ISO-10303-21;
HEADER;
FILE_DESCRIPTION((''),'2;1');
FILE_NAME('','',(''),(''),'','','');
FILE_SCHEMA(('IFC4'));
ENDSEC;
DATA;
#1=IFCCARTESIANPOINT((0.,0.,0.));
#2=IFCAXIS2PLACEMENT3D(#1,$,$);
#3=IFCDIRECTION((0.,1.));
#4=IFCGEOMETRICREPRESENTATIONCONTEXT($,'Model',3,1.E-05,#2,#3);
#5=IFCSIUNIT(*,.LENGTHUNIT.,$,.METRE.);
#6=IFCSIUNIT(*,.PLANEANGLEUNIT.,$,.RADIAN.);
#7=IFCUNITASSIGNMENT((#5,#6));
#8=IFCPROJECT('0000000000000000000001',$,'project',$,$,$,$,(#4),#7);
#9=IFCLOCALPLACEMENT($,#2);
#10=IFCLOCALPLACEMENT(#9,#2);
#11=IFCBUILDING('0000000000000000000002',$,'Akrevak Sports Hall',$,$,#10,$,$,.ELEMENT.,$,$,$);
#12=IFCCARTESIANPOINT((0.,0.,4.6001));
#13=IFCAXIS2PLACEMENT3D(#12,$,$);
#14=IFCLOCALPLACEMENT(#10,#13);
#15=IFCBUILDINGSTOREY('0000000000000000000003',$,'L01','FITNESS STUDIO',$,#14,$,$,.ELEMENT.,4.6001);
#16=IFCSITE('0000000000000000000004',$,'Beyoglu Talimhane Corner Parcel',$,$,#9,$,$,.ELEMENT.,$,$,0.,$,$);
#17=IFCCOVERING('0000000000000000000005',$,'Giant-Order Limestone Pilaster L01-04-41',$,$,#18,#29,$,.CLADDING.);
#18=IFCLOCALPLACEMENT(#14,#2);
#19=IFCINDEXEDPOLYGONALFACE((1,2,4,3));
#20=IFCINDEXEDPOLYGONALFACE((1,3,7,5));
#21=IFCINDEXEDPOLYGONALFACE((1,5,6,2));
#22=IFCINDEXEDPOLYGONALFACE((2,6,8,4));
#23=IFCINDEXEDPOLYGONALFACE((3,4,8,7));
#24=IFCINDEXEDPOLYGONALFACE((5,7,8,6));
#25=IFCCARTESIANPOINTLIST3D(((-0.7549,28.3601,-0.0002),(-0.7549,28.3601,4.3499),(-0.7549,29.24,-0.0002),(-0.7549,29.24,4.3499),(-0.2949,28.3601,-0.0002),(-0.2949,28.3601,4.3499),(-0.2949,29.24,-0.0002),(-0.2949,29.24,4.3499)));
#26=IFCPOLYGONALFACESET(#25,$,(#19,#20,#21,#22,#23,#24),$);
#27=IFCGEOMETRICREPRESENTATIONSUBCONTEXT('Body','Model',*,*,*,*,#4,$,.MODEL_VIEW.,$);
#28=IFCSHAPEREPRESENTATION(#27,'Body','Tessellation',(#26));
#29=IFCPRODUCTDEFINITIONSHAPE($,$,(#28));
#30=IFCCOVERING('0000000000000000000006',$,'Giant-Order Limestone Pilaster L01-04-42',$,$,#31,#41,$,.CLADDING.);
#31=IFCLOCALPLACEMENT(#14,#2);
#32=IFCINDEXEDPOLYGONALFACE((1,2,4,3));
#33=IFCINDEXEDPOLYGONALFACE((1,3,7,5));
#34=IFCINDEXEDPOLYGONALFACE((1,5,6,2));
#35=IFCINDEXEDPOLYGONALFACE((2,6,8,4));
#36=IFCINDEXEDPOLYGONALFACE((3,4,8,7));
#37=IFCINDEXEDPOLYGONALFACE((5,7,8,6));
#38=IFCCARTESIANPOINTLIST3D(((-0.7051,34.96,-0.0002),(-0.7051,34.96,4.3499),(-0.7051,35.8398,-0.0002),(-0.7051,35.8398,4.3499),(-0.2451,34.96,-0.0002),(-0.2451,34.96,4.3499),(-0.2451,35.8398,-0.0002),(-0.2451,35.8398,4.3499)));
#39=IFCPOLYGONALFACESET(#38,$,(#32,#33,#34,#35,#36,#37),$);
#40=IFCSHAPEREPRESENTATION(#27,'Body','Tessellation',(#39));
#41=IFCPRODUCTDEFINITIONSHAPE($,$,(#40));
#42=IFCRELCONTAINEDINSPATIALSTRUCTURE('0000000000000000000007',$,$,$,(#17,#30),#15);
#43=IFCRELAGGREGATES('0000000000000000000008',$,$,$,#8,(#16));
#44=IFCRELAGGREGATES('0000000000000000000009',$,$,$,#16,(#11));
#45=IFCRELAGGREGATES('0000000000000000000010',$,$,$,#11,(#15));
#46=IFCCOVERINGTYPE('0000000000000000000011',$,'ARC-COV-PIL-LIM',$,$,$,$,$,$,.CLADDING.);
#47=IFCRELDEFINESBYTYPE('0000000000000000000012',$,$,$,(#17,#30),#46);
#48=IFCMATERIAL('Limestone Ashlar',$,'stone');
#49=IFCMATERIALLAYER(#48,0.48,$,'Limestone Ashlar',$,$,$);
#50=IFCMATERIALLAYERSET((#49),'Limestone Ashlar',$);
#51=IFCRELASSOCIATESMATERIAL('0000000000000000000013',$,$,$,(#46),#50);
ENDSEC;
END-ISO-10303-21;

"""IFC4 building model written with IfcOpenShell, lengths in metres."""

from ifc_helpers import new_model, si_unit, direction, frame, origin, origin_2d, place, context, subcontext, project, spatial, rectangle, extrude, material, layer, layer_set, type_object, element, save


model = new_model("IFC4")

# Units and contexts
model_context = context("Model", 3, precision=1e-05, world=origin(), true_north=direction((0.0, 1.0)))
body_context = subcontext(model_context, "Body", "Model", "MODEL_VIEW")
ifc_project = project(units=[si_unit("LENGTHUNIT", "METRE"), si_unit("PLANEANGLEUNIT", "RADIAN")], contexts=[model_context])

# Site, building, storey
site_placement = place(None, origin())
site = spatial("IfcSite", under=ifc_project, at=site_placement, Name="Beyoglu Talimhane Corner Parcel", CompositionType="ELEMENT", RefElevation=0.0)
building_placement = place(site_placement, origin())
building = spatial("IfcBuilding", under=site, at=building_placement, Name="Akrevak Sports Hall", CompositionType="ELEMENT")
storey_placement = place(building_placement, frame((0.0, 0.0, 4.6001)))
storey = spatial("IfcBuildingStorey", under=building, at=storey_placement, Name="L01", Description="FITNESS STUDIO", CompositionType="ELEMENT", Elevation=4.6001)

# Coverings
ifc_material_1 = material(Name="Limestone Ashlar", Category="stone")
ifc_layer_1 = layer(ifc_material_1, 0.48, Name="Limestone Ashlar")
ifc_layer_set_1 = layer_set([ifc_layer_1], Name="Limestone Ashlar")
covering_type = type_object("IfcCoveringType", Name="ARC-COV-PIL-LIM", PredefinedType="CLADDING", material=ifc_layer_set_1)
for number, where, z_axis, x_axis, name in (
    (1, (-0.5249, 28.8, -0.0002), (0.0, 0.0, 1.0), (0.0, -1.0, 0.0), "Giant-Order Limestone Pilaster L01-04-41"),
    (2, (-0.4751, 35.3999, -0.0002), (0.0, 0.0, 1.0), (0.0, -1.0, 0.0), "Giant-Order Limestone Pilaster L01-04-42"),
):
    element("IfcCovering", number, at=place(storey_placement, frame(where, z_axis=z_axis, x_axis=x_axis)), inside=storey, type_object=covering_type, Name=name, PredefinedType="CLADDING", context=body_context, shape_type="SweptSolid", body=[
        extrude(rectangle(XDim=0.8799, YDim=0.46, at=origin_2d()), origin(), (0.0, 0.0, 1.0), 4.3501),
    ])

save(model, "model.ifc")
